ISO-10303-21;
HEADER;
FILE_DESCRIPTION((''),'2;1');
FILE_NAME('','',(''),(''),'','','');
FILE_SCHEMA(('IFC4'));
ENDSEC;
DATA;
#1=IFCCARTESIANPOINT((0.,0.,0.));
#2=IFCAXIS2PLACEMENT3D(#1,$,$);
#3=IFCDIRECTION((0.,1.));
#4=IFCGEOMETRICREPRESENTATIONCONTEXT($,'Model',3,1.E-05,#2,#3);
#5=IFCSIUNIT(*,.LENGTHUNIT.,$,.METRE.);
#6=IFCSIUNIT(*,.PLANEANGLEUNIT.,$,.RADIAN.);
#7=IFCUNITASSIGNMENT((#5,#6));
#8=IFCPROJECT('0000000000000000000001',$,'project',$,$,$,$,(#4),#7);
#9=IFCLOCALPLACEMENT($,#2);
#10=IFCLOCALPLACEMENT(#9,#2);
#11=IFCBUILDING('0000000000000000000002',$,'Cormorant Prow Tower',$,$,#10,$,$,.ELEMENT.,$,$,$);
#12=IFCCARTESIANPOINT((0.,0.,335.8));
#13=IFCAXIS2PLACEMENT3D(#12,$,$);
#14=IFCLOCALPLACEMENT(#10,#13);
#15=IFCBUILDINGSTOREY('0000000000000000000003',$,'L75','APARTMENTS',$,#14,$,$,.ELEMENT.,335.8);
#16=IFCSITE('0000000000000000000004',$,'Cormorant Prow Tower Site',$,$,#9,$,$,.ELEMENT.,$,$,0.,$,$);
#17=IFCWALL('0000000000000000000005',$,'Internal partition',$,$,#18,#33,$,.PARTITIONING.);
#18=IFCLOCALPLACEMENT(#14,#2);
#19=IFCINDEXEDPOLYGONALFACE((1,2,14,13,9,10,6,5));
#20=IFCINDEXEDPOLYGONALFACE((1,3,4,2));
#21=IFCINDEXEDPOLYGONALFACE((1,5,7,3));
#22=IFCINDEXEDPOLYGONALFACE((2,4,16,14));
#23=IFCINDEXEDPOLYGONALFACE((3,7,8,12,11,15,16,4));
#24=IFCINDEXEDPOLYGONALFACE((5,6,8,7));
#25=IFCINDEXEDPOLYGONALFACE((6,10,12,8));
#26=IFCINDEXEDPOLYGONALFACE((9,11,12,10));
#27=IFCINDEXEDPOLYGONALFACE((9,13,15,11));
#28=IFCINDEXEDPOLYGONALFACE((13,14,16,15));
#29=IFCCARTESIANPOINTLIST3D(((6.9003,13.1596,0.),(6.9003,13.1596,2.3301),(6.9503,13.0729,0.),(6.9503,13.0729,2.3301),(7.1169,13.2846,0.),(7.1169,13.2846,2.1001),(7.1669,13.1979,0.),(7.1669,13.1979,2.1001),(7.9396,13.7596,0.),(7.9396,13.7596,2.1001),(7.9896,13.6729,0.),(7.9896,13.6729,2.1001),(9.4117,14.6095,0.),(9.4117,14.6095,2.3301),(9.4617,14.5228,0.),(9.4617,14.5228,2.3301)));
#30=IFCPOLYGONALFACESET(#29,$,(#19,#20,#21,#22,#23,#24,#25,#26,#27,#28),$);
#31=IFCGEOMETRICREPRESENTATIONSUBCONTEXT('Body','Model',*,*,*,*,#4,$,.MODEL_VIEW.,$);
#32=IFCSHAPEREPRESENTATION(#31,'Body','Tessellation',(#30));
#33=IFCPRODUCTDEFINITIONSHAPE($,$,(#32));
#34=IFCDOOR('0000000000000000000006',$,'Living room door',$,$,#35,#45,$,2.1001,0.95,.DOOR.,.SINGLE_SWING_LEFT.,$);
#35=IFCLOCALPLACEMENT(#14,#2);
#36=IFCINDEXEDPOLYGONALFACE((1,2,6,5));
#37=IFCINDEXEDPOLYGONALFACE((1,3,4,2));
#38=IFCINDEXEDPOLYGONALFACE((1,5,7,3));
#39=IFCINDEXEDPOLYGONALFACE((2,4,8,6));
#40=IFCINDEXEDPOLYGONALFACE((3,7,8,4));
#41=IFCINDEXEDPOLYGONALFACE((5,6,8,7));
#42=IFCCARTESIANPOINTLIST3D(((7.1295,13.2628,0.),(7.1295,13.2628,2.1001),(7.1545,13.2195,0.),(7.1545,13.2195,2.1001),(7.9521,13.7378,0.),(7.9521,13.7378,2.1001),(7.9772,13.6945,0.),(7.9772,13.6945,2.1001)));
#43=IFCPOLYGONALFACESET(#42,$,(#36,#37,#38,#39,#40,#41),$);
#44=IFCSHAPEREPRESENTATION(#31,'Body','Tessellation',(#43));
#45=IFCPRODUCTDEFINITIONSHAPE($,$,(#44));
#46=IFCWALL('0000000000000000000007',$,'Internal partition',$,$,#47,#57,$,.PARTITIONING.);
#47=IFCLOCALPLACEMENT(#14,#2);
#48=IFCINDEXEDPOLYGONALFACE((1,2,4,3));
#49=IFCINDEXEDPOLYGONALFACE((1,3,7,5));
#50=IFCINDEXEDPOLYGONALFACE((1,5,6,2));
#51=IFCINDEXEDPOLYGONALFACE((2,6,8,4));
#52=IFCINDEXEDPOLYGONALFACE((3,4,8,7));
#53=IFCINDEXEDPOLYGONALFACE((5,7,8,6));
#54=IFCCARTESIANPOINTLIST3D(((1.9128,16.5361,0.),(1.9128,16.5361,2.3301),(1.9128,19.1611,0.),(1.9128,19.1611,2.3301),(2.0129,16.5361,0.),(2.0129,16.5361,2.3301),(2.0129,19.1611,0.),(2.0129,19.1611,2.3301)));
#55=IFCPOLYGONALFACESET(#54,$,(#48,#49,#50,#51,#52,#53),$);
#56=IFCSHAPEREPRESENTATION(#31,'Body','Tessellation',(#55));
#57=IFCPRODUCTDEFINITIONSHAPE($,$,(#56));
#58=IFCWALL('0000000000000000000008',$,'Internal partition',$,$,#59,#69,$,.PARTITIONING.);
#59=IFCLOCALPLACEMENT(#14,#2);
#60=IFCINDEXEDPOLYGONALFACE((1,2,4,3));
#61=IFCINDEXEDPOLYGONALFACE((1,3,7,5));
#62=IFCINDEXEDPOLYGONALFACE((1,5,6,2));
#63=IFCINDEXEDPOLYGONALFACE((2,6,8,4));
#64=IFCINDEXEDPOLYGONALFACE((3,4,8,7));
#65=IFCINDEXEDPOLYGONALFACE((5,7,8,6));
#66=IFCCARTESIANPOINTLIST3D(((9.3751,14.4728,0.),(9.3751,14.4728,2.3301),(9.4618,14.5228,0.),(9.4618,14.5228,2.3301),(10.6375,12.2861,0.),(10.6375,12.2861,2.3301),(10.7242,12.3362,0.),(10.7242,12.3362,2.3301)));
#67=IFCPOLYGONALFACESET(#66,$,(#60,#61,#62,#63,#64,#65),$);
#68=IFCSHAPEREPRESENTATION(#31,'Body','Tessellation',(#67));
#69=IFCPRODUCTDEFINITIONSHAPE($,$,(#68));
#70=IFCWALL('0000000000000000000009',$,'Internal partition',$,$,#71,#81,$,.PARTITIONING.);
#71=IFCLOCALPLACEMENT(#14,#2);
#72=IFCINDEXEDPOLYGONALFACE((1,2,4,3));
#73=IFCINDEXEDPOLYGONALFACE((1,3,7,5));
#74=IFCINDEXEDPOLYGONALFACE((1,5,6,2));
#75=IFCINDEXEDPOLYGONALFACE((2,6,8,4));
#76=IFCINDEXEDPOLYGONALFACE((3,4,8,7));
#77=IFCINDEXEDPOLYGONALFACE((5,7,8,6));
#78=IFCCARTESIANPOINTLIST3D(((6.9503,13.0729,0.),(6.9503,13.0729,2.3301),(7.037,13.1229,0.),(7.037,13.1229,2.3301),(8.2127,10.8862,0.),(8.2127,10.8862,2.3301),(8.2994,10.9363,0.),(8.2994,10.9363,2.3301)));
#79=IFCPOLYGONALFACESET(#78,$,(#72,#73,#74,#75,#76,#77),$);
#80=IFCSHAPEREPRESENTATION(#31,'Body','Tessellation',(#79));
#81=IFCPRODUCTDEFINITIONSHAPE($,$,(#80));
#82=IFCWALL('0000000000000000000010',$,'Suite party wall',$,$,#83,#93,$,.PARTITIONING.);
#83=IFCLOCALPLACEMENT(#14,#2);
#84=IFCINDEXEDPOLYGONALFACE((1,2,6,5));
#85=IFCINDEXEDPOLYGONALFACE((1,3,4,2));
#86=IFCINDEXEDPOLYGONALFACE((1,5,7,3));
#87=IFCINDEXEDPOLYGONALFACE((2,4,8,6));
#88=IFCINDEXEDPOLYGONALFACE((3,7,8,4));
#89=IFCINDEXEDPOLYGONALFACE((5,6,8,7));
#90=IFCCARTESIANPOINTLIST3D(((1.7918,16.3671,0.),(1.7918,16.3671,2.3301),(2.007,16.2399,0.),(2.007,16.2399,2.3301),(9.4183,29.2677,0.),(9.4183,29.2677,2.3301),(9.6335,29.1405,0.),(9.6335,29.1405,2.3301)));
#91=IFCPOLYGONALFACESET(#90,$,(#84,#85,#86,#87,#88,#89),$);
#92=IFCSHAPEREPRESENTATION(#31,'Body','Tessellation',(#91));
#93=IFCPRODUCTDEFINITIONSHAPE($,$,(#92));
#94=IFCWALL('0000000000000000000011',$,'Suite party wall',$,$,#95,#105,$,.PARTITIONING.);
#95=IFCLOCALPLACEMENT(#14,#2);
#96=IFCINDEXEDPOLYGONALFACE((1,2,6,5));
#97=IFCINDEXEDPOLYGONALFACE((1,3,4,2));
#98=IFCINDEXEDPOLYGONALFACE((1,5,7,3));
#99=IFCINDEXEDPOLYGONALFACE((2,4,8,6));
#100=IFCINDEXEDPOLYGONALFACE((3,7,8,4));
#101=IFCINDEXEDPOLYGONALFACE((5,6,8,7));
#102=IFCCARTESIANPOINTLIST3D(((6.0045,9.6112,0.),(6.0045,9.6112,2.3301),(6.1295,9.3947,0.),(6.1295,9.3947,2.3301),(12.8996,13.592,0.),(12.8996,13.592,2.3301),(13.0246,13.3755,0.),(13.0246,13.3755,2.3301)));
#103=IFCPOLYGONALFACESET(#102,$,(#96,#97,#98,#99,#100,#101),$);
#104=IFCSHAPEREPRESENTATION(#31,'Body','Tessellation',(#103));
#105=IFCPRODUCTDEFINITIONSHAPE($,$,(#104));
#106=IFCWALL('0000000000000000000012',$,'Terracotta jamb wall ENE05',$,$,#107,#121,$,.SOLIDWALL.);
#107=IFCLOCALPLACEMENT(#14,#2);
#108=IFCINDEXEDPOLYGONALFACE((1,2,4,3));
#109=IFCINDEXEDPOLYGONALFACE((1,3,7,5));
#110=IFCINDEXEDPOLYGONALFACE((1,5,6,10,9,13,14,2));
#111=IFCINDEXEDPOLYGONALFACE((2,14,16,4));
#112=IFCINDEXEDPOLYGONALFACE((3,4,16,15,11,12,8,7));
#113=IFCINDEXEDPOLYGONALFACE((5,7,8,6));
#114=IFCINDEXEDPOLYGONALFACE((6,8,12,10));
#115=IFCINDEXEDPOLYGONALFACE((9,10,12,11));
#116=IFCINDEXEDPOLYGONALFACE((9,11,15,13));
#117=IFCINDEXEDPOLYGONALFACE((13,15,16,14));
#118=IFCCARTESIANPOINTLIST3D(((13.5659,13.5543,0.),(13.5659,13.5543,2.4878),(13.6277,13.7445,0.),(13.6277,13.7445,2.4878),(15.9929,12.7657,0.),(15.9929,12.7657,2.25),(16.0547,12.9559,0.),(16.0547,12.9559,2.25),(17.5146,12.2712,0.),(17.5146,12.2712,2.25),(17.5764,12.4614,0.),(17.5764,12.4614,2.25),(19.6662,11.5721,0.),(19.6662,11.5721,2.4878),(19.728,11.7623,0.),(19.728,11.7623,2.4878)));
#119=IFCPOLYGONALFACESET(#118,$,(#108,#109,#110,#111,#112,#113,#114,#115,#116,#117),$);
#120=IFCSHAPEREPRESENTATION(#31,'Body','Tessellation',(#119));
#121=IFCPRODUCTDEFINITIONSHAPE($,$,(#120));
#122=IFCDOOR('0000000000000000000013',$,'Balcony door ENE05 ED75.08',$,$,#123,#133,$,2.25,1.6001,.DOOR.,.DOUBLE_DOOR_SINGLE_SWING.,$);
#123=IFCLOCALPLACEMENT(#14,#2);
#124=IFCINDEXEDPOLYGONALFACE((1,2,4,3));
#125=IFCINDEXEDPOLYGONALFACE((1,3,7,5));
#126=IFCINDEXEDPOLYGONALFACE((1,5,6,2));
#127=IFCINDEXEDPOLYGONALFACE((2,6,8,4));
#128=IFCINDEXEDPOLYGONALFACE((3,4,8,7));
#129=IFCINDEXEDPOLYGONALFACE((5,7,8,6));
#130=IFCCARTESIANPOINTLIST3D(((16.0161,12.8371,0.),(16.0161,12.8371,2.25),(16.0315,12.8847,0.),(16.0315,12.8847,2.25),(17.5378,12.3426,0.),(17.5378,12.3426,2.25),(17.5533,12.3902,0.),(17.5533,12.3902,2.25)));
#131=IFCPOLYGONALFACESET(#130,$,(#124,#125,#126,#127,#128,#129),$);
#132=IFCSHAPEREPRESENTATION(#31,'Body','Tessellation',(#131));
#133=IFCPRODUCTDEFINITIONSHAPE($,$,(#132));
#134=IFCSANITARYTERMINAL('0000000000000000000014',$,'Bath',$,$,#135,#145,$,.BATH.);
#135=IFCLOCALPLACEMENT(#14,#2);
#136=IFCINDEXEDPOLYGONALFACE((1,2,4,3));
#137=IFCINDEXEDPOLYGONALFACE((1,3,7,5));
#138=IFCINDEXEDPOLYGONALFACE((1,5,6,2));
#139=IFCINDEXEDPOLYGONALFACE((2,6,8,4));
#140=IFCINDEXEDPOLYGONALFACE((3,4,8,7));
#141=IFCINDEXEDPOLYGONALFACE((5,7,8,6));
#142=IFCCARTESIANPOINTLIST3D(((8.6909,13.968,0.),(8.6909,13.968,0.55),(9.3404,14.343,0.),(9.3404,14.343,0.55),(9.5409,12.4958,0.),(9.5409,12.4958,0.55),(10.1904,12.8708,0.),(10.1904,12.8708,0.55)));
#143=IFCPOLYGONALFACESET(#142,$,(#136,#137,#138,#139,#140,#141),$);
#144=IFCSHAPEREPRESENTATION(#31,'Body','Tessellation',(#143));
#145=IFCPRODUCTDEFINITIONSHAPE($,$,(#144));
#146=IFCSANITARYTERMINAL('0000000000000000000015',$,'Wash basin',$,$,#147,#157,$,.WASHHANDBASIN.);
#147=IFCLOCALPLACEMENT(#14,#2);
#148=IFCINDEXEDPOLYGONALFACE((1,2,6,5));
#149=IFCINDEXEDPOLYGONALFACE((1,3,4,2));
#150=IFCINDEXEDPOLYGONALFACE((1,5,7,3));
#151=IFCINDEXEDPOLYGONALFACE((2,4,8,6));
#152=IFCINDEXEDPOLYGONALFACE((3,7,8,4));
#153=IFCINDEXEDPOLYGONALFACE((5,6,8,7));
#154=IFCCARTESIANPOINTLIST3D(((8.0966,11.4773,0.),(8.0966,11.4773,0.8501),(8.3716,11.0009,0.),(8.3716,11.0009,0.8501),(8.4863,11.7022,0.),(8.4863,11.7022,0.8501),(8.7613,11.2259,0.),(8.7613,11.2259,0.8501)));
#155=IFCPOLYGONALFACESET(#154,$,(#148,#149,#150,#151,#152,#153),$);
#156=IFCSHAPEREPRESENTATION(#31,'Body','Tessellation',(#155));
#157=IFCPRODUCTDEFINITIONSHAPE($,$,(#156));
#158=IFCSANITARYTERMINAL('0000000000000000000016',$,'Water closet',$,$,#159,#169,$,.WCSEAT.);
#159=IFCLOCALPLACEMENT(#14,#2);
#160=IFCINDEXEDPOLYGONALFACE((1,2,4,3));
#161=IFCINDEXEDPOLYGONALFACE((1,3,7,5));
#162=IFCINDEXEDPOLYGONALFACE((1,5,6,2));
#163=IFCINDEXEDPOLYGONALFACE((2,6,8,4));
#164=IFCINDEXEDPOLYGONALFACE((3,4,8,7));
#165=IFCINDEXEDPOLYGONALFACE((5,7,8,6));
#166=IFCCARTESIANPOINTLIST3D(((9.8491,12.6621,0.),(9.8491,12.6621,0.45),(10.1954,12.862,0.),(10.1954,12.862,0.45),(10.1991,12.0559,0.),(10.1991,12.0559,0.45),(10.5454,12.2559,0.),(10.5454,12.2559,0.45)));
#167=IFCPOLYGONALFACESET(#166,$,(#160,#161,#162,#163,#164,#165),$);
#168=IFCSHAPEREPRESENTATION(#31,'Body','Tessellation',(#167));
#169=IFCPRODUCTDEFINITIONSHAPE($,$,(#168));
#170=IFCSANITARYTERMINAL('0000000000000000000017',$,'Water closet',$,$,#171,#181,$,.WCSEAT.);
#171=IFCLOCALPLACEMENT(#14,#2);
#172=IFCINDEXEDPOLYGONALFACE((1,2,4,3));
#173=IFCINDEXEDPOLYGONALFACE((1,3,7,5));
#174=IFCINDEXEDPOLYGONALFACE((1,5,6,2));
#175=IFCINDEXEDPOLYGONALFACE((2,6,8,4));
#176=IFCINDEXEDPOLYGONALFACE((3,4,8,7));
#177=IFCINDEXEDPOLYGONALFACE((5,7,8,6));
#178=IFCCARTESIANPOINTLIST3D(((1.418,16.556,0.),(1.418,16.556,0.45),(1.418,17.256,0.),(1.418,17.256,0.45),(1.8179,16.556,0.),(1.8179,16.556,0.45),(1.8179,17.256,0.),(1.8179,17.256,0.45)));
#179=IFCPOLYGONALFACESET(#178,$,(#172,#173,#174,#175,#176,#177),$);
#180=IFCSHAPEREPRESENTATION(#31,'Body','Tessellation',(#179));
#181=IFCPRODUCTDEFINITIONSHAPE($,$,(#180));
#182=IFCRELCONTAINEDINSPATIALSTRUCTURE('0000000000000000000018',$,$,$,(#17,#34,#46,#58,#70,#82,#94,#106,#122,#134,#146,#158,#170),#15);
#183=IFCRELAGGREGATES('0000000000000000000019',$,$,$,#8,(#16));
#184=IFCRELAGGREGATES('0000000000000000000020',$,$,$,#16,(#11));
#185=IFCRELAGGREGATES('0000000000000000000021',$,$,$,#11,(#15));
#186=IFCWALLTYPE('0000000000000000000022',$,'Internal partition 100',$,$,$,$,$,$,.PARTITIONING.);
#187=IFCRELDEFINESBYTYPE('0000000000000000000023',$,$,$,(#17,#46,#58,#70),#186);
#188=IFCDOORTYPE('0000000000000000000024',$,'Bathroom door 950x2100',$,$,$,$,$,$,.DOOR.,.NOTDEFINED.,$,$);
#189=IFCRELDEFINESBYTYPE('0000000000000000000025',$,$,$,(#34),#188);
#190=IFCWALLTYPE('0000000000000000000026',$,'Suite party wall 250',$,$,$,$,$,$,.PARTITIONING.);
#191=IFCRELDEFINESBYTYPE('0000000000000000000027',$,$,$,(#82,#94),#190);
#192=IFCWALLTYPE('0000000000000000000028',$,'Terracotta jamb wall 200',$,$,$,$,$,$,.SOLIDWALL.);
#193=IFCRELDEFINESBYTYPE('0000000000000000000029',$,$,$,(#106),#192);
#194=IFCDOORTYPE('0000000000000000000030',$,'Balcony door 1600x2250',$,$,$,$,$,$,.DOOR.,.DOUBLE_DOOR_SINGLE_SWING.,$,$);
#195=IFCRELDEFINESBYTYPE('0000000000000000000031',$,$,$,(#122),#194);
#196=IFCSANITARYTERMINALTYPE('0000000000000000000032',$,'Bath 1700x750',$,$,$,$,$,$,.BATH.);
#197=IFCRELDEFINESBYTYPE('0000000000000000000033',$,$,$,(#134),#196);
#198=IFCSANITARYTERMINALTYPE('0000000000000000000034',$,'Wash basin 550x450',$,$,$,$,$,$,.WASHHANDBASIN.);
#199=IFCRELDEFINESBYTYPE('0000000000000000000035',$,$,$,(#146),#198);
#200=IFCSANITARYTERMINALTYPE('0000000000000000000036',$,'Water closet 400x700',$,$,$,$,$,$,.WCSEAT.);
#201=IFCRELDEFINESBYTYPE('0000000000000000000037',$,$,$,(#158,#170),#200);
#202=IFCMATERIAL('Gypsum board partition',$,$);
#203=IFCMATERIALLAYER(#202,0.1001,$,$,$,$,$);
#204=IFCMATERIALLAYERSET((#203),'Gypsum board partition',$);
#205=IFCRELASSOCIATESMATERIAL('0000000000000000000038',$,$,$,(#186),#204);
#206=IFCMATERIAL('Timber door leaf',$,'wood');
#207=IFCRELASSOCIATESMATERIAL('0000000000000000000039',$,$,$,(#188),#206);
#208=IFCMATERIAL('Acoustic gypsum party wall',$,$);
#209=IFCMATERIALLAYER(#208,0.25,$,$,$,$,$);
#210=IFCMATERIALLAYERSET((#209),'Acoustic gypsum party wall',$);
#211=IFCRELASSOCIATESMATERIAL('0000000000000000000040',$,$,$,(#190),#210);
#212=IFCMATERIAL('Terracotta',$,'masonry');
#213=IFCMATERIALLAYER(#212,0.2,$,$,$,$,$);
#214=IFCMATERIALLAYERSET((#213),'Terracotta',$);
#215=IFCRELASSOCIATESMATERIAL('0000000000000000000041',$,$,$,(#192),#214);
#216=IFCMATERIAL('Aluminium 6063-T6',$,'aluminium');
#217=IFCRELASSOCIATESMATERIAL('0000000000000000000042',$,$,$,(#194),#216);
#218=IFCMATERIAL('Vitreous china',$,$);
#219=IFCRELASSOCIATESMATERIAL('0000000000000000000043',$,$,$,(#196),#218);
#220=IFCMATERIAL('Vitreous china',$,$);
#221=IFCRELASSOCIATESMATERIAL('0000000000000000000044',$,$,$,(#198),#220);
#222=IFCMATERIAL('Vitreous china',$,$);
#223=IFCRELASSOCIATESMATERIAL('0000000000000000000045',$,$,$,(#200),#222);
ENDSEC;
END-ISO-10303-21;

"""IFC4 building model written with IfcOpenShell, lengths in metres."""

from ifc_helpers import new_model, si_unit, direction, frame, frame_2d, origin, origin_2d, place, context, subcontext, project, spatial, rectangle, extrude, material, layer, layer_set, type_object, element, fill, save


model = new_model("IFC4")

# Units and contexts
model_context = context("Model", 3, precision=1e-05, world=origin(), true_north=direction((0.0, 1.0)))
body_context = subcontext(model_context, "Body", "Model", "MODEL_VIEW")
ifc_project = project(units=[si_unit("LENGTHUNIT", "METRE"), si_unit("PLANEANGLEUNIT", "RADIAN")], contexts=[model_context])

# Site, building, storey
site_placement = place(None, origin())
site = spatial("IfcSite", under=ifc_project, at=site_placement, Name="Cormorant Prow Tower Site", CompositionType="ELEMENT", RefElevation=0.0)
building_placement = place(site_placement, origin())
building = spatial("IfcBuilding", under=site, at=building_placement, Name="Cormorant Prow Tower", CompositionType="ELEMENT")
storey_placement = place(building_placement, frame((0.0, 0.0, 335.8)))
storey = spatial("IfcBuildingStorey", under=building, at=storey_placement, Name="L75", Description="APARTMENTS", CompositionType="ELEMENT", Elevation=335.8)

# Wall, opening, door
ifc_material_1 = material(Name="Gypsum board partition")
ifc_layer_1 = layer(ifc_material_1, 0.1001)
ifc_layer_set_1 = layer_set([ifc_layer_1], Name="Gypsum board partition")
wall_type_1 = type_object("IfcWallType", Name="Internal partition 100", PredefinedType="PARTITIONING", material=ifc_layer_set_1)
ifc_material_2 = material(Name="Timber door leaf", Category="wood")
door_type_1 = type_object("IfcDoorType", Name="Bathroom door 950x2100", OperationType="NOTDEFINED", PredefinedType="DOOR", material=ifc_material_2)
wall_1_placement = place(storey_placement, frame((6.9253, 13.1162, 0.0), z_axis=(0.0, 0.0, 1.0), x_axis=(0.866033, 0.499987, 0.0)))
wall_1 = element("IfcWall", 1, at=wall_1_placement, inside=storey, type_object=wall_type_1, Name="Internal partition", PredefinedType="PARTITIONING", context=body_context, shape_type="SweptSolid", body=[
    extrude(rectangle(XDim=2.8999, YDim=0.1001, at=frame_2d((1.45, 0.0))), origin(), (0.0, 0.0, 1.0), 2.3301),
])
opening_1_placement = place(wall_1_placement, frame((0.25, 0.0, 0.0)))
opening_1 = element("IfcOpeningElement", 2, at=opening_1_placement, cuts=wall_1, PredefinedType="OPENING", context=body_context, shape_type="SweptSolid", body=[
    extrude(rectangle(XDim=0.95, YDim=2.1001, at=frame_2d((0.4751, 1.05))), frame((0.0, 0.0601, 0.0), z_axis=(0.0, -1.0, 0.0), x_axis=(1.0, 0.0, 0.0)), (0.0, 0.0, 1.0), 0.1201),
])
door_1_placement = place(opening_1_placement, origin())
door_1 = element("IfcDoor", 3, at=door_1_placement, inside=storey, type_object=door_type_1, Name="Living room door", OperationType="SINGLE_SWING_LEFT", OverallHeight=2.1001, OverallWidth=0.95, PredefinedType="DOOR", context=body_context, shape_type="SweptSolid", body=[
    extrude(rectangle(XDim=0.95, YDim=2.1001, at=frame_2d((0.4751, 1.05))), frame((0.0, 0.0249, 0.0), z_axis=(0.0, -1.0, 0.0), x_axis=(1.0, 0.0, 0.0)), (0.0, 0.0, 1.0), 0.05),
])
fill(opening_1, door_1)

# Walls
wall_2_placement = place(storey_placement, frame((1.9629, 16.5361, 0.0), z_axis=(0.0, 0.0, 1.0), x_axis=(0.0, 1.0, 0.0)))
element("IfcWall", 4, at=wall_2_placement, inside=storey, type_object=wall_type_1, Name="Internal partition", PredefinedType="PARTITIONING", context=body_context, shape_type="SweptSolid", body=[
    extrude(rectangle(XDim=2.625, YDim=0.1001, at=frame_2d((1.3125, 0.0))), origin(), (0.0, 0.0, 1.0), 2.3301),
])
for number, where, z_axis, x_axis, name in (
    (5, (9.4185, 14.4978, 0.0), (0.0, 0.0, 1.0), (0.499976, -0.866039, 0.0), "Internal partition"),
    (6, (6.9937, 13.0979, 0.0), (0.0, 0.0, 1.0), (0.499976, -0.866039, 0.0), "Internal partition"),
):
    element("IfcWall", number, at=place(storey_placement, frame(where, z_axis=z_axis, x_axis=x_axis)), inside=storey, type_object=wall_type_1, Name=name, PredefinedType="PARTITIONING", context=body_context, shape_type="SweptSolid", body=[
        extrude(rectangle(XDim=2.5249, YDim=0.1001, at=frame_2d((1.2625, 0.0))), origin(), (0.0, 0.0, 1.0), 2.3301),
    ])
ifc_material_3 = material(Name="Acoustic gypsum party wall")
ifc_layer_2 = layer(ifc_material_3, 0.25)
ifc_layer_set_2 = layer_set([ifc_layer_2], Name="Acoustic gypsum party wall")
wall_type_2 = type_object("IfcWallType", Name="Suite party wall 250", PredefinedType="PARTITIONING", material=ifc_layer_set_2)
wall_3_placement = place(storey_placement, frame((1.8994, 16.3035, 0.0), z_axis=(0.0, 0.0, 1.0), x_axis=(0.508896, 0.860828, 0.0)))
element("IfcWall", 7, at=wall_3_placement, inside=storey, type_object=wall_type_2, Name="Suite party wall", PredefinedType="PARTITIONING", context=body_context, shape_type="SweptSolid", body=[
    extrude(rectangle(XDim=14.9863, YDim=0.25, at=frame_2d((7.4932, 0.0))), origin(), (0.0, 0.0, 1.0), 2.3301),
])
wall_4_placement = place(storey_placement, frame((6.0669, 9.5029, 0.0), z_axis=(0.0, 0.0, 1.0), x_axis=(0.866032, 0.499988, 0.0)))
element("IfcWall", 8, at=wall_4_placement, inside=storey, type_object=wall_type_2, Name="Suite party wall", PredefinedType="PARTITIONING", context=body_context, shape_type="SweptSolid", body=[
    extrude(rectangle(XDim=7.9617, YDim=0.25, at=frame_2d((3.981, 0.0))), origin(), (0.0, 0.0, 1.0), 2.3301),
])

# Wall, opening, door
ifc_material_4 = material(Name="Terracotta", Category="masonry")
ifc_layer_3 = layer(ifc_material_4, 0.2)
ifc_layer_set_3 = layer_set([ifc_layer_3], Name="Terracotta")
wall_type_3 = type_object("IfcWallType", Name="Terracotta jamb wall 200", PredefinedType="SOLIDWALL", material=ifc_layer_set_3)
wall_5_placement = place(storey_placement, frame((19.697, 11.6672, 0.0), z_axis=(0.0, 0.0, 1.0), x_axis=(-0.951054, 0.309025, 0.0)))
wall_5 = element("IfcWall", 9, at=wall_5_placement, inside=storey, type_object=wall_type_3, Name="Terracotta jamb wall ENE05", PredefinedType="SOLIDWALL", context=body_context, shape_type="SweptSolid", body=[
    extrude(rectangle(XDim=6.4143, YDim=0.2, at=frame_2d((3.207, 0.0))), origin(), (0.0, 0.0, 1.0), 2.4878),
])
opening_2_placement = place(wall_5_placement, frame((2.2622, 0.0, 0.0)))
opening_2 = element("IfcOpeningElement", 10, at=opening_2_placement, cuts=wall_5, PredefinedType="OPENING", context=body_context, shape_type="SweptSolid", body=[
    extrude(rectangle(XDim=1.6001, YDim=2.25, at=frame_2d((0.8, 1.125))), frame((0.0, 0.1099, 0.0), z_axis=(0.0, -1.0, 0.0), x_axis=(1.0, 0.0, 0.0)), (0.0, 0.0, 1.0), 0.22),
])
ifc_material_5 = material(Name="Aluminium 6063-T6", Category="aluminium")
door_type_2 = type_object("IfcDoorType", Name="Balcony door 1600x2250", OperationType="DOUBLE_DOOR_SINGLE_SWING", PredefinedType="DOOR", material=ifc_material_5)
door_2_placement = place(opening_2_placement, origin())
door_2 = element("IfcDoor", 11, at=door_2_placement, inside=storey, type_object=door_type_2, Name="Balcony door ENE05 ED75.08", OperationType="DOUBLE_DOOR_SINGLE_SWING", OverallHeight=2.25, OverallWidth=1.6001, PredefinedType="DOOR", context=body_context, shape_type="SweptSolid", body=[
    extrude(rectangle(XDim=1.6001, YDim=2.25, at=frame_2d((0.8, 1.125))), frame((0.0, 0.0249, 0.0), z_axis=(0.0, -1.0, 0.0), x_axis=(1.0, 0.0, 0.0)), (0.0, 0.0, 1.0), 0.05),
])
fill(opening_2, door_2)

# Sanitary terminals
ifc_material_6 = material(Name="Vitreous china")
sanitary_terminal_type_1 = type_object("IfcSanitaryTerminalType", Name="Bath 1700x750", PredefinedType="BATH", material=ifc_material_6)
sanitary_terminal_1_placement = place(storey_placement, frame((9.4407, 13.4194, 0.0), z_axis=(0.0, 0.0, 1.0), x_axis=(0.5, -0.866025, 0.0)))
element("IfcSanitaryTerminal", 12, at=sanitary_terminal_1_placement, inside=storey, type_object=sanitary_terminal_type_1, Name="Bath", PredefinedType="BATH", context=body_context, shape_type="SweptSolid", body=[
    extrude(rectangle(XDim=1.7, YDim=0.75, at=origin_2d()), origin(), (0.0, 0.0, 1.0), 0.55),
])
ifc_material_7 = material(Name="Vitreous china")
sanitary_terminal_type_2 = type_object("IfcSanitaryTerminalType", Name="Wash basin 550x450", PredefinedType="WASHHANDBASIN", material=ifc_material_7)
sanitary_terminal_2_placement = place(storey_placement, frame((8.429, 11.3516, 0.0), z_axis=(0.0, 0.0, 1.0), x_axis=(-0.5, 0.866025, 0.0)))
element("IfcSanitaryTerminal", 13, at=sanitary_terminal_2_placement, inside=storey, type_object=sanitary_terminal_type_2, Name="Wash basin", PredefinedType="WASHHANDBASIN", context=body_context, shape_type="SweptSolid", body=[
    extrude(rectangle(XDim=0.55, YDim=0.45, at=origin_2d()), origin(), (0.0, 0.0, 1.0), 0.8501),
])
ifc_material_8 = material(Name="Vitreous china")
sanitary_terminal_type_3 = type_object("IfcSanitaryTerminalType", Name="Water closet 400x700", PredefinedType="WCSEAT", material=ifc_material_8)
for number, where, z_axis, x_axis, name in (
    (14, (10.1973, 12.459, 0.0), (0.0, 0.0, 1.0), (-0.866025, -0.5, 0.0), "Water closet"),
    (15, (1.6179, 16.906, 0.0), (0.0, 0.0, 1.0), (-1.0, 0.0, 0.0), "Water closet"),
):
    element("IfcSanitaryTerminal", number, at=place(storey_placement, frame(where, z_axis=z_axis, x_axis=x_axis)), inside=storey, type_object=sanitary_terminal_type_3, Name=name, PredefinedType="WCSEAT", context=body_context, shape_type="SweptSolid", body=[
        extrude(rectangle(XDim=0.3999, YDim=0.7, at=origin_2d()), origin(), (0.0, 0.0, 1.0), 0.45),
    ])

save(model, "model.ifc")
